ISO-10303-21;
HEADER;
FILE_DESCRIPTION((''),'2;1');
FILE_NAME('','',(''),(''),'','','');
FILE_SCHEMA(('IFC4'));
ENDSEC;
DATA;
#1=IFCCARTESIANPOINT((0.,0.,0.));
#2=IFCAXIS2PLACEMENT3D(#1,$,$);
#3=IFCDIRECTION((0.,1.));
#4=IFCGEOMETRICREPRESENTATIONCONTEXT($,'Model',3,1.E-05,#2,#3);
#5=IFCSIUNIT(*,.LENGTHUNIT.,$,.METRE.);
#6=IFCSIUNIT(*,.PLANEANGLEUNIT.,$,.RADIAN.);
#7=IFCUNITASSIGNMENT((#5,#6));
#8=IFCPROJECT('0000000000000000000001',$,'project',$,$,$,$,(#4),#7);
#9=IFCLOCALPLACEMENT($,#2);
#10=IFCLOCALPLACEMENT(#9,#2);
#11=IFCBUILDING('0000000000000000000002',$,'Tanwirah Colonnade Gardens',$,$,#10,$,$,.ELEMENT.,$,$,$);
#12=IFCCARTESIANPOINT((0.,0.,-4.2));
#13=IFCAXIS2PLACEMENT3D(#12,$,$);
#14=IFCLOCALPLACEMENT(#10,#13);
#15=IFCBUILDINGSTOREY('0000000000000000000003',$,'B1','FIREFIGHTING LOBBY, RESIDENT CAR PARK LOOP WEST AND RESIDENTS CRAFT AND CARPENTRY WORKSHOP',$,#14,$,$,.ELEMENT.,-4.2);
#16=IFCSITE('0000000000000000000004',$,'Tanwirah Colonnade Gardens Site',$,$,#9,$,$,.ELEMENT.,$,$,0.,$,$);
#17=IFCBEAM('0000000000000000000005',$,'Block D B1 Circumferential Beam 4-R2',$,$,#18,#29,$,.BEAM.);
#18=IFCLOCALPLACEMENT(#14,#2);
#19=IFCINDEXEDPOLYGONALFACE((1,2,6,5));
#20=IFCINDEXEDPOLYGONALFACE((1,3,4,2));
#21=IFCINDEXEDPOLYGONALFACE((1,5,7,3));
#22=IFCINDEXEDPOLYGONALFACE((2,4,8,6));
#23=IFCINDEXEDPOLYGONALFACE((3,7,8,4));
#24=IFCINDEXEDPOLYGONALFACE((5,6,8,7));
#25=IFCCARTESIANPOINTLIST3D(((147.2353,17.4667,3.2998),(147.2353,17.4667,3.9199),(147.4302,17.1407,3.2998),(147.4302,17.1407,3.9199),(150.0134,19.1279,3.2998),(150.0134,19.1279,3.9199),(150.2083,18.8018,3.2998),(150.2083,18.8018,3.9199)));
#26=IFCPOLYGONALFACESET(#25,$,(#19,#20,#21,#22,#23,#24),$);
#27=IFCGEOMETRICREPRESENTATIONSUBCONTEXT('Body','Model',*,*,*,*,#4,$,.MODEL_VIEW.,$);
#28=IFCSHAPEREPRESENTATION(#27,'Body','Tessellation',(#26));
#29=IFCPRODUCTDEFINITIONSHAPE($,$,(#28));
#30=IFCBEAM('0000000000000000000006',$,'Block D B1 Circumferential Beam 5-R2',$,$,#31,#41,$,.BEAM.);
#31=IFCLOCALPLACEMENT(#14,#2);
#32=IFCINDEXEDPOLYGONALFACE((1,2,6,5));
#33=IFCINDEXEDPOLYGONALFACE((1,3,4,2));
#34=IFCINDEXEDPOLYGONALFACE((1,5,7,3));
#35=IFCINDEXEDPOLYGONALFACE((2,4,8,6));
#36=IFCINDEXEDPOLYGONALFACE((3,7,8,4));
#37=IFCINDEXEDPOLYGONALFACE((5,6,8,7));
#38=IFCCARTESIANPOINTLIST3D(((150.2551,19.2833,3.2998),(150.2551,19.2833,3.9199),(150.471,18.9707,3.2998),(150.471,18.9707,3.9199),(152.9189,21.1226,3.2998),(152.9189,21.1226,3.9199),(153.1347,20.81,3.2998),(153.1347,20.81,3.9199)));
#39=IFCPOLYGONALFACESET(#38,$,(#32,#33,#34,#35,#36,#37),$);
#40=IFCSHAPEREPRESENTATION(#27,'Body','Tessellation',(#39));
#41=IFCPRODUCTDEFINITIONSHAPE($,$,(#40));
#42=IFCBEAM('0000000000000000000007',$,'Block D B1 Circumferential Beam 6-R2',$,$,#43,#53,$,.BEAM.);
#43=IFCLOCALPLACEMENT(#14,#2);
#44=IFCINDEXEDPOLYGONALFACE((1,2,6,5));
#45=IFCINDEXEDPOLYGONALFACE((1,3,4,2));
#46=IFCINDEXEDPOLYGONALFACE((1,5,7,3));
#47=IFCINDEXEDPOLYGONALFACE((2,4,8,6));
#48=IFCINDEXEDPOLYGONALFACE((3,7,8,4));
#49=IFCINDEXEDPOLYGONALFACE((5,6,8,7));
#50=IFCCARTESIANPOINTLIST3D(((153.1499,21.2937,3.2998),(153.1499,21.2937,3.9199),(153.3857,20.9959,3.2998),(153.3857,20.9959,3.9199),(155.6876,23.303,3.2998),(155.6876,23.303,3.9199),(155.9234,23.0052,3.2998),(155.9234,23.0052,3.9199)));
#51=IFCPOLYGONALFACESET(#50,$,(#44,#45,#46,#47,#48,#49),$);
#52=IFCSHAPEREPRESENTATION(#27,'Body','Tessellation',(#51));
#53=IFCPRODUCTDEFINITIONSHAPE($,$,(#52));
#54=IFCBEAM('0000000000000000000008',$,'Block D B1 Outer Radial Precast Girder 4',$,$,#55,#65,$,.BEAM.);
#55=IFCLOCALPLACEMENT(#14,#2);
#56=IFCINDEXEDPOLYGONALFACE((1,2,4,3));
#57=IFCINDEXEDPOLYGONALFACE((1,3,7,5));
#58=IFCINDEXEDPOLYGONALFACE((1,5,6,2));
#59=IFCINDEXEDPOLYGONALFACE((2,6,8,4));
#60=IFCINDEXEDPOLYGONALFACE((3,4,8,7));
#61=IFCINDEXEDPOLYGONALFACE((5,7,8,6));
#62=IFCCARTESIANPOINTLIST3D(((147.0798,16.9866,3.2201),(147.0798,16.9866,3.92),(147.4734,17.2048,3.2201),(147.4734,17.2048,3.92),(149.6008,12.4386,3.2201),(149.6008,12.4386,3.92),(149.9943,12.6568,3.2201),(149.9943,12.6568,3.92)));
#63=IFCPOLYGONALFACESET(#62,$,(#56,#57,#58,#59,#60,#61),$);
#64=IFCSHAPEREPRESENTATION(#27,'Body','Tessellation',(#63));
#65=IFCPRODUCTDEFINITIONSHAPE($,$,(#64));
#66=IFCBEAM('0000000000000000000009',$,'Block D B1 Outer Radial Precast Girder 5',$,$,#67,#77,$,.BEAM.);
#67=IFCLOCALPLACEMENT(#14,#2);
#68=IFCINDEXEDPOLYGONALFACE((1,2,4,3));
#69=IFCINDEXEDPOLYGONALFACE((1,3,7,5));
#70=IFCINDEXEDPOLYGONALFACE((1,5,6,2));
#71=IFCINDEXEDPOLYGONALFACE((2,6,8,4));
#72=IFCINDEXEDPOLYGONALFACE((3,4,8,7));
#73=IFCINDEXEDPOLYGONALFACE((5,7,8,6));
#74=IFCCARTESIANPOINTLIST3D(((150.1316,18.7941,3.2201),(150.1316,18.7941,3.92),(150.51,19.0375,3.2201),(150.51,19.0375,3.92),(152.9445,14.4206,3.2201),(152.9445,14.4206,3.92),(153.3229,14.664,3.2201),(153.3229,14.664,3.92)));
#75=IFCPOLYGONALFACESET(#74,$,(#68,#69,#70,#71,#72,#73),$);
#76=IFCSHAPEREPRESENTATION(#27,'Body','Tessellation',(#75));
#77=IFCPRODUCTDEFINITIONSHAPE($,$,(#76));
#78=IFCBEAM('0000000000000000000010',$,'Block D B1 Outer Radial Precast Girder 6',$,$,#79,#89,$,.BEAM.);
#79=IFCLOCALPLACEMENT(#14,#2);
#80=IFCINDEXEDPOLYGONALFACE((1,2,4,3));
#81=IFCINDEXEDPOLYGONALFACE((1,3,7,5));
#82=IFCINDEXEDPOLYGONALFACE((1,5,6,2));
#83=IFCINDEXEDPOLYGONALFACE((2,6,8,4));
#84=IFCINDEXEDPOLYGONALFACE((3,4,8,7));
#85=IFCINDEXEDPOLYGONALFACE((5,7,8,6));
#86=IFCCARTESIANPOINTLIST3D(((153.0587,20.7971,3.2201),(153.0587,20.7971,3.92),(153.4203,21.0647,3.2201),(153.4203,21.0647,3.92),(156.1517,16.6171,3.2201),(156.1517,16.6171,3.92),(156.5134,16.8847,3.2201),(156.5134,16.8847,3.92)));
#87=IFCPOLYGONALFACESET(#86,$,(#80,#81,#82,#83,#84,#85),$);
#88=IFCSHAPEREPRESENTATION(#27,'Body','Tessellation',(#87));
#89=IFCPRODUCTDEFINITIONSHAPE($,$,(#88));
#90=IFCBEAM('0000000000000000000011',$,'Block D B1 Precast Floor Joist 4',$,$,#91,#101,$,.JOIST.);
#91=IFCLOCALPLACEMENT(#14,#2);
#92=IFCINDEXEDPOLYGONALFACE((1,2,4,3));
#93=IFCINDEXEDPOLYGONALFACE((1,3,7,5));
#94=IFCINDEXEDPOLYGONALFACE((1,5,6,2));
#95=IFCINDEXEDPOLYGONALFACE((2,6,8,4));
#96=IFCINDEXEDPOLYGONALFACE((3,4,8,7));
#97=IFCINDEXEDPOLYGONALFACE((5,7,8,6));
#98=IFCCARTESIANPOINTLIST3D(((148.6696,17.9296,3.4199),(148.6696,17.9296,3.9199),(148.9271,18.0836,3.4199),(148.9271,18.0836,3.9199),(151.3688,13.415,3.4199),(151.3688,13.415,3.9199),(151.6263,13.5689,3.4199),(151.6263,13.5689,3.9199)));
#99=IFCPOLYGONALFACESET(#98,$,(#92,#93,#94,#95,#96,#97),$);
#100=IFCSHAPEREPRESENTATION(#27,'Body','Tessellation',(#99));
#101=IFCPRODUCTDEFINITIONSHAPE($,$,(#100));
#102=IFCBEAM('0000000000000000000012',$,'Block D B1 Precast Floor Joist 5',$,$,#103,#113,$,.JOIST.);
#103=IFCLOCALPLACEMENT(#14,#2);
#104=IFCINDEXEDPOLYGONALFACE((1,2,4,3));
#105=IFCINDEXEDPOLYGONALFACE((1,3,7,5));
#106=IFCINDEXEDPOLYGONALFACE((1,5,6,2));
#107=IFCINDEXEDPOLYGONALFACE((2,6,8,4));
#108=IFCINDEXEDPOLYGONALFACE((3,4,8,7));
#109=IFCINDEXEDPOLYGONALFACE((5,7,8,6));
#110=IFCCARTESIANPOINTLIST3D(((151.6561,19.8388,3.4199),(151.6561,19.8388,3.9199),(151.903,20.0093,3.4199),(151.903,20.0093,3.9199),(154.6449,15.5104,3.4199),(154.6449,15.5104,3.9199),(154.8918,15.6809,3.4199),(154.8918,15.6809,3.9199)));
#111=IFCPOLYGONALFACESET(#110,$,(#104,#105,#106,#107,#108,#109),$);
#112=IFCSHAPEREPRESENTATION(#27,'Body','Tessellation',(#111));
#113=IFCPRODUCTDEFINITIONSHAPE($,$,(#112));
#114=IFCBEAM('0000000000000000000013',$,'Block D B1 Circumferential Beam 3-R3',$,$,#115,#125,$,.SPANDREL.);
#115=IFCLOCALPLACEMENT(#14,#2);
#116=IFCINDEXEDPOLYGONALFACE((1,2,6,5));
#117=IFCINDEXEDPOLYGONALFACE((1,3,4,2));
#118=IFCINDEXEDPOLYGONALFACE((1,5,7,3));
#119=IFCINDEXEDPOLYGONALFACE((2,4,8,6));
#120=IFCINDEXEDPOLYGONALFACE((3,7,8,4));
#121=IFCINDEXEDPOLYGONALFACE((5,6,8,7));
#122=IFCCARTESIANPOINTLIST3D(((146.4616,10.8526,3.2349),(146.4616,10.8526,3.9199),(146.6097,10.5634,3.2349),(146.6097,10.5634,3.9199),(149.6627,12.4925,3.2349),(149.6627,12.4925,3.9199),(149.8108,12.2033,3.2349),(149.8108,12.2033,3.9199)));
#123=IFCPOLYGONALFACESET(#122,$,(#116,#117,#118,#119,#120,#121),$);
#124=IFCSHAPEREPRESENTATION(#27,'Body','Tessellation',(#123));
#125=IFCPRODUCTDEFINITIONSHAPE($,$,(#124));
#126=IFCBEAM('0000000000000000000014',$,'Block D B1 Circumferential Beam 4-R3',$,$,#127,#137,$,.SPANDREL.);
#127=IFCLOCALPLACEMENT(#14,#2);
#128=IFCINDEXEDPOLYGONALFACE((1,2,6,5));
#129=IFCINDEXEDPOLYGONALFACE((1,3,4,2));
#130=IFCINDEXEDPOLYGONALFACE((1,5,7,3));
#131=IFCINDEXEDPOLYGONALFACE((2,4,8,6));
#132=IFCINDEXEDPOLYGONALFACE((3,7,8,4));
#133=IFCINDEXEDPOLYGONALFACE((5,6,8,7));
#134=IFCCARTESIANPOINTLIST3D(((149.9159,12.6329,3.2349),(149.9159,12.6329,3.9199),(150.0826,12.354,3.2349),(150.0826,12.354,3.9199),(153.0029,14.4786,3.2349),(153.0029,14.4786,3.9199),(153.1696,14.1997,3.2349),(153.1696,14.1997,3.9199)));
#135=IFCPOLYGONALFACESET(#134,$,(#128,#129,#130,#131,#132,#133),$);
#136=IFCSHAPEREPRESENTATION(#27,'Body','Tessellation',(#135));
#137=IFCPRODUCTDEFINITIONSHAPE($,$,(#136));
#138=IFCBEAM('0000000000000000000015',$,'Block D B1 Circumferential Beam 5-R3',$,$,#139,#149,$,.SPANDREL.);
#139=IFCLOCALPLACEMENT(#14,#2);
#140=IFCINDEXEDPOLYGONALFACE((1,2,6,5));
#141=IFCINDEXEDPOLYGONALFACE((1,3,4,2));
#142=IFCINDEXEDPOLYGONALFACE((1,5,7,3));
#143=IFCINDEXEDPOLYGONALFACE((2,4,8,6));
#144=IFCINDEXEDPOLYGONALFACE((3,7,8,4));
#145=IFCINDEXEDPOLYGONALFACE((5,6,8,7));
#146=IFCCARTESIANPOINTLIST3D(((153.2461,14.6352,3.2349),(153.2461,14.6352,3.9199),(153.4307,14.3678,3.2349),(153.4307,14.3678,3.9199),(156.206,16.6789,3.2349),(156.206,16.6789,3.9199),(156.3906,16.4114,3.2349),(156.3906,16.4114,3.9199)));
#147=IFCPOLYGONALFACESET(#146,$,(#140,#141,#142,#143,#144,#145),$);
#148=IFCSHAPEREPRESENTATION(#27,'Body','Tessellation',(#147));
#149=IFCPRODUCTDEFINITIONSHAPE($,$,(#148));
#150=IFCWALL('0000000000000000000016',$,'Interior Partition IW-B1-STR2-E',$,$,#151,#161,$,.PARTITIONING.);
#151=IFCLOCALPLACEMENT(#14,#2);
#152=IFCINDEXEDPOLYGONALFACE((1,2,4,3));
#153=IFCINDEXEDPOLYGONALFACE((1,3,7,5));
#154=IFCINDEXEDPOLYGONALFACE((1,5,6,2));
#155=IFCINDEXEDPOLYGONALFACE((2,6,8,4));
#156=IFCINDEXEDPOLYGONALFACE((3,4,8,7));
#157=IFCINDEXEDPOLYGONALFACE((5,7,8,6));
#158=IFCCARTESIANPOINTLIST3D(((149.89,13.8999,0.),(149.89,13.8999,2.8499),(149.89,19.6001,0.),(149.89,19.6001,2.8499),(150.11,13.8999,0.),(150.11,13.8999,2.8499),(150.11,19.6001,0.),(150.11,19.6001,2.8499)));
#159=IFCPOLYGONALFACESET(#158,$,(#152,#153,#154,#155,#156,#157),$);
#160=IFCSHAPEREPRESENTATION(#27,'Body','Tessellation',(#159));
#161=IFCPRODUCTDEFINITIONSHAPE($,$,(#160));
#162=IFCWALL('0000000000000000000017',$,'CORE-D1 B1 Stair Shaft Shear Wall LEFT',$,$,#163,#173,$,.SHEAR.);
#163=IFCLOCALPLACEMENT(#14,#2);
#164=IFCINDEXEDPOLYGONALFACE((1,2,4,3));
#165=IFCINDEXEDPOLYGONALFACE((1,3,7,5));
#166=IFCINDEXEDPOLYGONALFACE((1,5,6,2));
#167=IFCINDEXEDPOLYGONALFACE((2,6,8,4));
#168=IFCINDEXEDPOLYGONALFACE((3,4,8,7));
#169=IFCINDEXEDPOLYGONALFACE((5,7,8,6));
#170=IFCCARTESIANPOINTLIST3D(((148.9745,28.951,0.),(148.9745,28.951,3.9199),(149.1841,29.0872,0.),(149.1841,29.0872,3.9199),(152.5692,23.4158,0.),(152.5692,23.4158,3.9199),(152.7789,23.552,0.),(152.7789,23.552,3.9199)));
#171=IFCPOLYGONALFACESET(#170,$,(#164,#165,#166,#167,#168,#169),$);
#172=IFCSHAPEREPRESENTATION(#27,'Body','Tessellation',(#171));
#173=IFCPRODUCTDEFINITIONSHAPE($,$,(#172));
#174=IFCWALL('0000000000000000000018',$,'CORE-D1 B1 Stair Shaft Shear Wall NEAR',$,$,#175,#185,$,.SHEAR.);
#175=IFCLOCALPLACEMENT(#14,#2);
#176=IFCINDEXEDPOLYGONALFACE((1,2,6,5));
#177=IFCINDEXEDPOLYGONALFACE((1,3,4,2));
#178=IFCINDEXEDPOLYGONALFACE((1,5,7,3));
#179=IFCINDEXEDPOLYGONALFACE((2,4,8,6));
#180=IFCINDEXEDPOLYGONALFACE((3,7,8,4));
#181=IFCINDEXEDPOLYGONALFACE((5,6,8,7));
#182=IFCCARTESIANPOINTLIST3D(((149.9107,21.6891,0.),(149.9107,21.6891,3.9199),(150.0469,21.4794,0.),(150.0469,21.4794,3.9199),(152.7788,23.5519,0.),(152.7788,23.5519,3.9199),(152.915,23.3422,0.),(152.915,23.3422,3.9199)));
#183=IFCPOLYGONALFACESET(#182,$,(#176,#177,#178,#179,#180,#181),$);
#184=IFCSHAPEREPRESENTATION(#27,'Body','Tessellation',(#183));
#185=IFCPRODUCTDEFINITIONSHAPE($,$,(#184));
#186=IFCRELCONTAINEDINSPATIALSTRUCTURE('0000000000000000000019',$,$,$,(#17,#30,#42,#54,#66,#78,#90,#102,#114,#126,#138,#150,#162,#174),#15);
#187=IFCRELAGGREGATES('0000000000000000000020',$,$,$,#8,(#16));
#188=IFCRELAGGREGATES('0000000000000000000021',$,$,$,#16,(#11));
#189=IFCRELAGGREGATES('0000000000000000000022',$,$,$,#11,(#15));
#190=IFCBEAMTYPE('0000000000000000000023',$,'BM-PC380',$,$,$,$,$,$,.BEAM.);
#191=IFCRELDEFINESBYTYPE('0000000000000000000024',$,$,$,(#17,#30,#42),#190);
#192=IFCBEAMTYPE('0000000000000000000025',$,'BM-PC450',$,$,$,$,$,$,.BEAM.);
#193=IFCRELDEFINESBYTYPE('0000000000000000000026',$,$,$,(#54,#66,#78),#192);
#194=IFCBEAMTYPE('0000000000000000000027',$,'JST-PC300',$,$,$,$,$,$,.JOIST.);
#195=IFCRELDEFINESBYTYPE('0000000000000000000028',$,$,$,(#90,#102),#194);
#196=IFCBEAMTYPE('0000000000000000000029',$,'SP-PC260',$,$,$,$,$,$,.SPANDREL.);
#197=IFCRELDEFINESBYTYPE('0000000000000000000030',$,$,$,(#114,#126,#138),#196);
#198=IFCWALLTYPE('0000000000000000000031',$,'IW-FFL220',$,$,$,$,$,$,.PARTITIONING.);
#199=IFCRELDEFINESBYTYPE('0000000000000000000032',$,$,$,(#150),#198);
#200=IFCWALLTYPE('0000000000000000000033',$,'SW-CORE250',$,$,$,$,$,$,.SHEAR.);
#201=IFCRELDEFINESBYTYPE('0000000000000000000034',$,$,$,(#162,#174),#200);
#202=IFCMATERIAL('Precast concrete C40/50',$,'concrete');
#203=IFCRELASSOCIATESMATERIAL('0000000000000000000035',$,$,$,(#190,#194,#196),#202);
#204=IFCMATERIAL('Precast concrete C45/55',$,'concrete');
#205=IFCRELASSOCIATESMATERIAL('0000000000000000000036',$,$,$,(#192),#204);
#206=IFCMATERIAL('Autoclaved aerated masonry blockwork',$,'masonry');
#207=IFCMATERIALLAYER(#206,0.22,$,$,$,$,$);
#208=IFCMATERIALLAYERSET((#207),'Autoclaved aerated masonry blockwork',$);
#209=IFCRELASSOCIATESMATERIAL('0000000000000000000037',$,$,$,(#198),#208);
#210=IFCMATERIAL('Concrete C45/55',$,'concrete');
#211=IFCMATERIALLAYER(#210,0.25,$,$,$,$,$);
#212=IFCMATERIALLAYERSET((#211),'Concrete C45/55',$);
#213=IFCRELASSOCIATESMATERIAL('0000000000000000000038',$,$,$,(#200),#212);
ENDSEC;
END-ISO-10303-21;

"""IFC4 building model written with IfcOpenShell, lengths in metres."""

from ifc_helpers import new_model, si_unit, direction, frame, frame_2d, origin, origin_2d, place, context, subcontext, project, spatial, rectangle, extrude, material, layer, layer_set, material_profile, profile_set, type_object, element, save


model = new_model("IFC4")

# Units and contexts
model_context = context("Model", 3, precision=1e-05, world=origin(), true_north=direction((0.0, 1.0)))
body_context = subcontext(model_context, "Body", "Model", "MODEL_VIEW")
ifc_project = project(units=[si_unit("LENGTHUNIT", "METRE"), si_unit("PLANEANGLEUNIT", "RADIAN")], contexts=[model_context])

# Site, building, storey
site_placement = place(None, origin())
site = spatial("IfcSite", under=ifc_project, at=site_placement, Name="Tanwirah Colonnade Gardens Site", CompositionType="ELEMENT", RefElevation=0.0)
building_placement = place(site_placement, origin())
building = spatial("IfcBuilding", under=site, at=building_placement, Name="Tanwirah Colonnade Gardens", CompositionType="ELEMENT")
storey_placement = place(building_placement, frame((0.0, 0.0, -4.2)))
storey = spatial("IfcBuildingStorey", under=building, at=storey_placement, Name="B1", Description="FIREFIGHTING LOBBY, RESIDENT CAR PARK LOOP WEST AND RESIDENTS CRAFT AND CARPENTRY WORKSHOP", CompositionType="ELEMENT", Elevation=-4.2)

# Shared definitions
ifc_material_1 = material(Name="Concrete C45/55", Category="concrete")

# Beams
ifc_material_2 = material(Name="Precast concrete C40/50", Category="concrete")
ifc_material_profile_1 = material_profile(ifc_material_2, rectangle(XDim=0.3799, YDim=0.6201, at=origin_2d()), Name="PC-BM 380x620")
ifc_profile_set_1 = profile_set([ifc_material_profile_1], Name="Precast concrete C40/50")
beam_type_1 = type_object("IfcBeamType", Name="BM-PC380", PredefinedType="BEAM", material=ifc_profile_set_1)
beam_1_placement = place(storey_placement, frame((147.3328, 17.3037, 3.6099), z_axis=(0.858271, 0.513197, 0.0), x_axis=(-0.513197, 0.858271, 0.0)))
element("IfcBeam", 1, at=beam_1_placement, inside=storey, type_object=beam_type_1, Name="Block D B1 Circumferential Beam 4-R2", PredefinedType="BEAM", context=body_context, shape_type="SweptSolid", body=[
    extrude(rectangle(XDim=0.3799, YDim=0.6201, at=origin_2d()), origin(), (0.0, 0.0, 1.0), 3.2368),
])
beam_2_placement = place(storey_placement, frame((150.363, 19.127, 3.6099), z_axis=(0.822889, 0.568202, 0.0), x_axis=(-0.568202, 0.822889, 0.0)))
element("IfcBeam", 2, at=beam_2_placement, inside=storey, type_object=beam_type_1, Name="Block D B1 Circumferential Beam 5-R2", PredefinedType="BEAM", context=body_context, shape_type="SweptSolid", body=[
    extrude(rectangle(XDim=0.3799, YDim=0.6201, at=origin_2d()), origin(), (0.0, 0.0, 1.0), 3.2371),
])
beam_3_placement = place(storey_placement, frame((153.2678, 21.1448, 3.6099), z_axis=(0.783994, 0.620769, 0.0), x_axis=(-0.620769, 0.783994, 0.0)))
element("IfcBeam", 3, at=beam_3_placement, inside=storey, type_object=beam_type_1, Name="Block D B1 Circumferential Beam 6-R2", PredefinedType="BEAM", context=body_context, shape_type="SweptSolid", body=[
    extrude(rectangle(XDim=0.3799, YDim=0.6201, at=origin_2d()), origin(), (0.0, 0.0, 1.0), 3.2368),
])
ifc_material_3 = material(Name="Precast concrete C45/55", Category="concrete")
ifc_material_profile_2 = material_profile(ifc_material_3, rectangle(XDim=0.45, YDim=0.7, at=origin_2d()), Name="PC-BM 450x700")
ifc_profile_set_2 = profile_set([ifc_material_profile_2], Name="Precast concrete C45/55")
beam_type_2 = type_object("IfcBeamType", Name="BM-PC450", PredefinedType="BEAM", material=ifc_profile_set_2)
for number, where, z_axis, x_axis, name in (
    (4, (147.2766, 17.0957, 3.5701), (0.484802, -0.874624, 0.0), (0.874624, 0.484802, 0.0), "Block D B1 Outer Radial Precast Girder 4"),
    (5, (150.3208, 18.9158, 3.5701), (0.540952, -0.841053, 0.0), (0.841053, 0.540952, 0.0), "Block D B1 Outer Radial Precast Girder 5"),
    (6, (153.2395, 20.9309, 3.5701), (0.594827, -0.803854, 0.0), (0.803854, 0.594827, 0.0), "Block D B1 Outer Radial Precast Girder 6"),
):
    element("IfcBeam", number, at=place(storey_placement, frame(where, z_axis=z_axis, x_axis=x_axis)), inside=storey, type_object=beam_type_2, Name=name, PredefinedType="BEAM", context=body_context, shape_type="SweptSolid", body=[
        extrude(rectangle(XDim=0.45, YDim=0.7, at=origin_2d()), origin(), (0.0, 0.0, 1.0), 5.2),
    ])
ifc_material_profile_3 = material_profile(ifc_material_2, rectangle(XDim=0.3, YDim=0.5, at=origin_2d()), Name="PC-JST 300x500")
ifc_profile_set_3 = profile_set([ifc_material_profile_3], Name="Precast concrete C40/50")
beam_type_3 = type_object("IfcBeamType", Name="JST-PC300", PredefinedType="JOIST", material=ifc_profile_set_3)
for number, where, z_axis, x_axis, name in (
    (7, (148.7983, 18.0066, 3.6699), (0.513157, -0.858295, 0.0), (0.858295, 0.513157, 0.0), "Block D B1 Precast Floor Joist 4"),
    (8, (151.7795, 19.9241, 3.6699), (0.568208, -0.822885, 0.0), (0.822885, 0.568208, 0.0), "Block D B1 Precast Floor Joist 5"),
):
    element("IfcBeam", number, at=place(storey_placement, frame(where, z_axis=z_axis, x_axis=x_axis)), inside=storey, type_object=beam_type_3, Name=name, PredefinedType="JOIST", context=body_context, shape_type="SweptSolid", body=[
        extrude(rectangle(XDim=0.3, YDim=0.5, at=origin_2d()), origin(), (0.0, 0.0, 1.0), 5.26),
    ])
ifc_material_profile_4 = material_profile(ifc_material_2, rectangle(XDim=0.325, YDim=0.6851, at=origin_2d()), Name="PC-SP 325x685")
ifc_profile_set_4 = profile_set([ifc_material_profile_4], Name="Precast concrete C40/50")
beam_type_4 = type_object("IfcBeamType", Name="SP-PC260", PredefinedType="SPANDREL", material=ifc_profile_set_4)
for number, where, z_axis, x_axis, name in (
    (9, (146.5356, 10.708, 3.5774), (0.890013, 0.455935, 0.0), (-0.455935, 0.890013, 0.0), "Block D B1 Circumferential Beam 3-R3"),
    (10, (149.9993, 12.4934, 3.5774), (0.858283, 0.513177, 0.0), (-0.513177, 0.858283, 0.0), "Block D B1 Circumferential Beam 4-R3"),
):
    element("IfcBeam", number, at=place(storey_placement, frame(where, z_axis=z_axis, x_axis=x_axis)), inside=storey, type_object=beam_type_4, Name=name, PredefinedType="SPANDREL", context=body_context, shape_type="SweptSolid", body=[
        extrude(rectangle(XDim=0.325, YDim=0.6851, at=origin_2d()), origin(), (0.0, 0.0, 1.0), 3.5967),
    ])
beam_4_placement = place(storey_placement, frame((153.3384, 14.5015, 3.5774), z_axis=(0.822907, 0.568175, 0.0), x_axis=(-0.568175, 0.822907, 0.0)))
element("IfcBeam", 11, at=beam_4_placement, inside=storey, type_object=beam_type_4, Name="Block D B1 Circumferential Beam 5-R3", PredefinedType="SPANDREL", context=body_context, shape_type="SweptSolid", body=[
    extrude(rectangle(XDim=0.325, YDim=0.6851, at=origin_2d()), origin(), (0.0, 0.0, 1.0), 3.5969),
])

# Shared definitions
ifc_material_4 = material(Name="Autoclaved aerated masonry blockwork", Category="masonry")
ifc_layer_1 = layer(ifc_material_4, 0.22)
ifc_layer_set_1 = layer_set([ifc_layer_1], Name="Autoclaved aerated masonry blockwork")
wall_type_1 = type_object("IfcWallType", Name="IW-FFL220", PredefinedType="PARTITIONING", material=ifc_layer_set_1)

# Walls
wall_1_placement = place(storey_placement, frame((150.0, 13.8999, 0.0), z_axis=(0.0, 0.0, 1.0), x_axis=(0.0, 1.0, 0.0)))
element("IfcWall", 12, at=wall_1_placement, inside=storey, type_object=wall_type_1, Name="Interior Partition IW-B1-STR2-E", PredefinedType="PARTITIONING", context=body_context, shape_type="SweptSolid", body=[
    extrude(rectangle(XDim=5.7002, YDim=0.22, at=frame_2d((2.8501, 0.0))), origin(), (0.0, 0.0, 1.0), 2.8499),
])
ifc_layer_2 = layer(ifc_material_1, 0.25)
ifc_layer_set_2 = layer_set([ifc_layer_2], Name="Concrete C45/55")
wall_type_2 = type_object("IfcWallType", Name="SW-CORE250", PredefinedType="SHEAR", material=ifc_layer_set_2)
wall_2_placement = place(storey_placement, frame((152.6741, 23.4839, 0.0), z_axis=(0.0, 0.0, 1.0), x_axis=(-0.544655, 0.83866, 0.0)))
element("IfcWall", 13, at=wall_2_placement, inside=storey, type_object=wall_type_2, Name="CORE-D1 B1 Stair Shaft Shear Wall LEFT", PredefinedType="SHEAR", context=body_context, shape_type="SweptSolid", body=[
    extrude(rectangle(XDim=6.6001, YDim=0.25, at=frame_2d((3.3, 0.0))), origin(), (0.0, 0.0, 1.0), 3.9199),
])
wall_3_placement = place(storey_placement, frame((152.8469, 23.447, 0.0), z_axis=(0.0, 0.0, 1.0), x_axis=(-0.838646, -0.544677, 0.0)))
element("IfcWall", 14, at=wall_3_placement, inside=storey, type_object=wall_type_2, Name="CORE-D1 B1 Stair Shaft Shear Wall NEAR", PredefinedType="SHEAR", context=body_context, shape_type="SweptSolid", body=[
    extrude(rectangle(XDim=3.4199, YDim=0.25, at=frame_2d((1.71, 0.0))), origin(), (0.0, 0.0, 1.0), 3.9199),
])

save(model, "model.ifc")
